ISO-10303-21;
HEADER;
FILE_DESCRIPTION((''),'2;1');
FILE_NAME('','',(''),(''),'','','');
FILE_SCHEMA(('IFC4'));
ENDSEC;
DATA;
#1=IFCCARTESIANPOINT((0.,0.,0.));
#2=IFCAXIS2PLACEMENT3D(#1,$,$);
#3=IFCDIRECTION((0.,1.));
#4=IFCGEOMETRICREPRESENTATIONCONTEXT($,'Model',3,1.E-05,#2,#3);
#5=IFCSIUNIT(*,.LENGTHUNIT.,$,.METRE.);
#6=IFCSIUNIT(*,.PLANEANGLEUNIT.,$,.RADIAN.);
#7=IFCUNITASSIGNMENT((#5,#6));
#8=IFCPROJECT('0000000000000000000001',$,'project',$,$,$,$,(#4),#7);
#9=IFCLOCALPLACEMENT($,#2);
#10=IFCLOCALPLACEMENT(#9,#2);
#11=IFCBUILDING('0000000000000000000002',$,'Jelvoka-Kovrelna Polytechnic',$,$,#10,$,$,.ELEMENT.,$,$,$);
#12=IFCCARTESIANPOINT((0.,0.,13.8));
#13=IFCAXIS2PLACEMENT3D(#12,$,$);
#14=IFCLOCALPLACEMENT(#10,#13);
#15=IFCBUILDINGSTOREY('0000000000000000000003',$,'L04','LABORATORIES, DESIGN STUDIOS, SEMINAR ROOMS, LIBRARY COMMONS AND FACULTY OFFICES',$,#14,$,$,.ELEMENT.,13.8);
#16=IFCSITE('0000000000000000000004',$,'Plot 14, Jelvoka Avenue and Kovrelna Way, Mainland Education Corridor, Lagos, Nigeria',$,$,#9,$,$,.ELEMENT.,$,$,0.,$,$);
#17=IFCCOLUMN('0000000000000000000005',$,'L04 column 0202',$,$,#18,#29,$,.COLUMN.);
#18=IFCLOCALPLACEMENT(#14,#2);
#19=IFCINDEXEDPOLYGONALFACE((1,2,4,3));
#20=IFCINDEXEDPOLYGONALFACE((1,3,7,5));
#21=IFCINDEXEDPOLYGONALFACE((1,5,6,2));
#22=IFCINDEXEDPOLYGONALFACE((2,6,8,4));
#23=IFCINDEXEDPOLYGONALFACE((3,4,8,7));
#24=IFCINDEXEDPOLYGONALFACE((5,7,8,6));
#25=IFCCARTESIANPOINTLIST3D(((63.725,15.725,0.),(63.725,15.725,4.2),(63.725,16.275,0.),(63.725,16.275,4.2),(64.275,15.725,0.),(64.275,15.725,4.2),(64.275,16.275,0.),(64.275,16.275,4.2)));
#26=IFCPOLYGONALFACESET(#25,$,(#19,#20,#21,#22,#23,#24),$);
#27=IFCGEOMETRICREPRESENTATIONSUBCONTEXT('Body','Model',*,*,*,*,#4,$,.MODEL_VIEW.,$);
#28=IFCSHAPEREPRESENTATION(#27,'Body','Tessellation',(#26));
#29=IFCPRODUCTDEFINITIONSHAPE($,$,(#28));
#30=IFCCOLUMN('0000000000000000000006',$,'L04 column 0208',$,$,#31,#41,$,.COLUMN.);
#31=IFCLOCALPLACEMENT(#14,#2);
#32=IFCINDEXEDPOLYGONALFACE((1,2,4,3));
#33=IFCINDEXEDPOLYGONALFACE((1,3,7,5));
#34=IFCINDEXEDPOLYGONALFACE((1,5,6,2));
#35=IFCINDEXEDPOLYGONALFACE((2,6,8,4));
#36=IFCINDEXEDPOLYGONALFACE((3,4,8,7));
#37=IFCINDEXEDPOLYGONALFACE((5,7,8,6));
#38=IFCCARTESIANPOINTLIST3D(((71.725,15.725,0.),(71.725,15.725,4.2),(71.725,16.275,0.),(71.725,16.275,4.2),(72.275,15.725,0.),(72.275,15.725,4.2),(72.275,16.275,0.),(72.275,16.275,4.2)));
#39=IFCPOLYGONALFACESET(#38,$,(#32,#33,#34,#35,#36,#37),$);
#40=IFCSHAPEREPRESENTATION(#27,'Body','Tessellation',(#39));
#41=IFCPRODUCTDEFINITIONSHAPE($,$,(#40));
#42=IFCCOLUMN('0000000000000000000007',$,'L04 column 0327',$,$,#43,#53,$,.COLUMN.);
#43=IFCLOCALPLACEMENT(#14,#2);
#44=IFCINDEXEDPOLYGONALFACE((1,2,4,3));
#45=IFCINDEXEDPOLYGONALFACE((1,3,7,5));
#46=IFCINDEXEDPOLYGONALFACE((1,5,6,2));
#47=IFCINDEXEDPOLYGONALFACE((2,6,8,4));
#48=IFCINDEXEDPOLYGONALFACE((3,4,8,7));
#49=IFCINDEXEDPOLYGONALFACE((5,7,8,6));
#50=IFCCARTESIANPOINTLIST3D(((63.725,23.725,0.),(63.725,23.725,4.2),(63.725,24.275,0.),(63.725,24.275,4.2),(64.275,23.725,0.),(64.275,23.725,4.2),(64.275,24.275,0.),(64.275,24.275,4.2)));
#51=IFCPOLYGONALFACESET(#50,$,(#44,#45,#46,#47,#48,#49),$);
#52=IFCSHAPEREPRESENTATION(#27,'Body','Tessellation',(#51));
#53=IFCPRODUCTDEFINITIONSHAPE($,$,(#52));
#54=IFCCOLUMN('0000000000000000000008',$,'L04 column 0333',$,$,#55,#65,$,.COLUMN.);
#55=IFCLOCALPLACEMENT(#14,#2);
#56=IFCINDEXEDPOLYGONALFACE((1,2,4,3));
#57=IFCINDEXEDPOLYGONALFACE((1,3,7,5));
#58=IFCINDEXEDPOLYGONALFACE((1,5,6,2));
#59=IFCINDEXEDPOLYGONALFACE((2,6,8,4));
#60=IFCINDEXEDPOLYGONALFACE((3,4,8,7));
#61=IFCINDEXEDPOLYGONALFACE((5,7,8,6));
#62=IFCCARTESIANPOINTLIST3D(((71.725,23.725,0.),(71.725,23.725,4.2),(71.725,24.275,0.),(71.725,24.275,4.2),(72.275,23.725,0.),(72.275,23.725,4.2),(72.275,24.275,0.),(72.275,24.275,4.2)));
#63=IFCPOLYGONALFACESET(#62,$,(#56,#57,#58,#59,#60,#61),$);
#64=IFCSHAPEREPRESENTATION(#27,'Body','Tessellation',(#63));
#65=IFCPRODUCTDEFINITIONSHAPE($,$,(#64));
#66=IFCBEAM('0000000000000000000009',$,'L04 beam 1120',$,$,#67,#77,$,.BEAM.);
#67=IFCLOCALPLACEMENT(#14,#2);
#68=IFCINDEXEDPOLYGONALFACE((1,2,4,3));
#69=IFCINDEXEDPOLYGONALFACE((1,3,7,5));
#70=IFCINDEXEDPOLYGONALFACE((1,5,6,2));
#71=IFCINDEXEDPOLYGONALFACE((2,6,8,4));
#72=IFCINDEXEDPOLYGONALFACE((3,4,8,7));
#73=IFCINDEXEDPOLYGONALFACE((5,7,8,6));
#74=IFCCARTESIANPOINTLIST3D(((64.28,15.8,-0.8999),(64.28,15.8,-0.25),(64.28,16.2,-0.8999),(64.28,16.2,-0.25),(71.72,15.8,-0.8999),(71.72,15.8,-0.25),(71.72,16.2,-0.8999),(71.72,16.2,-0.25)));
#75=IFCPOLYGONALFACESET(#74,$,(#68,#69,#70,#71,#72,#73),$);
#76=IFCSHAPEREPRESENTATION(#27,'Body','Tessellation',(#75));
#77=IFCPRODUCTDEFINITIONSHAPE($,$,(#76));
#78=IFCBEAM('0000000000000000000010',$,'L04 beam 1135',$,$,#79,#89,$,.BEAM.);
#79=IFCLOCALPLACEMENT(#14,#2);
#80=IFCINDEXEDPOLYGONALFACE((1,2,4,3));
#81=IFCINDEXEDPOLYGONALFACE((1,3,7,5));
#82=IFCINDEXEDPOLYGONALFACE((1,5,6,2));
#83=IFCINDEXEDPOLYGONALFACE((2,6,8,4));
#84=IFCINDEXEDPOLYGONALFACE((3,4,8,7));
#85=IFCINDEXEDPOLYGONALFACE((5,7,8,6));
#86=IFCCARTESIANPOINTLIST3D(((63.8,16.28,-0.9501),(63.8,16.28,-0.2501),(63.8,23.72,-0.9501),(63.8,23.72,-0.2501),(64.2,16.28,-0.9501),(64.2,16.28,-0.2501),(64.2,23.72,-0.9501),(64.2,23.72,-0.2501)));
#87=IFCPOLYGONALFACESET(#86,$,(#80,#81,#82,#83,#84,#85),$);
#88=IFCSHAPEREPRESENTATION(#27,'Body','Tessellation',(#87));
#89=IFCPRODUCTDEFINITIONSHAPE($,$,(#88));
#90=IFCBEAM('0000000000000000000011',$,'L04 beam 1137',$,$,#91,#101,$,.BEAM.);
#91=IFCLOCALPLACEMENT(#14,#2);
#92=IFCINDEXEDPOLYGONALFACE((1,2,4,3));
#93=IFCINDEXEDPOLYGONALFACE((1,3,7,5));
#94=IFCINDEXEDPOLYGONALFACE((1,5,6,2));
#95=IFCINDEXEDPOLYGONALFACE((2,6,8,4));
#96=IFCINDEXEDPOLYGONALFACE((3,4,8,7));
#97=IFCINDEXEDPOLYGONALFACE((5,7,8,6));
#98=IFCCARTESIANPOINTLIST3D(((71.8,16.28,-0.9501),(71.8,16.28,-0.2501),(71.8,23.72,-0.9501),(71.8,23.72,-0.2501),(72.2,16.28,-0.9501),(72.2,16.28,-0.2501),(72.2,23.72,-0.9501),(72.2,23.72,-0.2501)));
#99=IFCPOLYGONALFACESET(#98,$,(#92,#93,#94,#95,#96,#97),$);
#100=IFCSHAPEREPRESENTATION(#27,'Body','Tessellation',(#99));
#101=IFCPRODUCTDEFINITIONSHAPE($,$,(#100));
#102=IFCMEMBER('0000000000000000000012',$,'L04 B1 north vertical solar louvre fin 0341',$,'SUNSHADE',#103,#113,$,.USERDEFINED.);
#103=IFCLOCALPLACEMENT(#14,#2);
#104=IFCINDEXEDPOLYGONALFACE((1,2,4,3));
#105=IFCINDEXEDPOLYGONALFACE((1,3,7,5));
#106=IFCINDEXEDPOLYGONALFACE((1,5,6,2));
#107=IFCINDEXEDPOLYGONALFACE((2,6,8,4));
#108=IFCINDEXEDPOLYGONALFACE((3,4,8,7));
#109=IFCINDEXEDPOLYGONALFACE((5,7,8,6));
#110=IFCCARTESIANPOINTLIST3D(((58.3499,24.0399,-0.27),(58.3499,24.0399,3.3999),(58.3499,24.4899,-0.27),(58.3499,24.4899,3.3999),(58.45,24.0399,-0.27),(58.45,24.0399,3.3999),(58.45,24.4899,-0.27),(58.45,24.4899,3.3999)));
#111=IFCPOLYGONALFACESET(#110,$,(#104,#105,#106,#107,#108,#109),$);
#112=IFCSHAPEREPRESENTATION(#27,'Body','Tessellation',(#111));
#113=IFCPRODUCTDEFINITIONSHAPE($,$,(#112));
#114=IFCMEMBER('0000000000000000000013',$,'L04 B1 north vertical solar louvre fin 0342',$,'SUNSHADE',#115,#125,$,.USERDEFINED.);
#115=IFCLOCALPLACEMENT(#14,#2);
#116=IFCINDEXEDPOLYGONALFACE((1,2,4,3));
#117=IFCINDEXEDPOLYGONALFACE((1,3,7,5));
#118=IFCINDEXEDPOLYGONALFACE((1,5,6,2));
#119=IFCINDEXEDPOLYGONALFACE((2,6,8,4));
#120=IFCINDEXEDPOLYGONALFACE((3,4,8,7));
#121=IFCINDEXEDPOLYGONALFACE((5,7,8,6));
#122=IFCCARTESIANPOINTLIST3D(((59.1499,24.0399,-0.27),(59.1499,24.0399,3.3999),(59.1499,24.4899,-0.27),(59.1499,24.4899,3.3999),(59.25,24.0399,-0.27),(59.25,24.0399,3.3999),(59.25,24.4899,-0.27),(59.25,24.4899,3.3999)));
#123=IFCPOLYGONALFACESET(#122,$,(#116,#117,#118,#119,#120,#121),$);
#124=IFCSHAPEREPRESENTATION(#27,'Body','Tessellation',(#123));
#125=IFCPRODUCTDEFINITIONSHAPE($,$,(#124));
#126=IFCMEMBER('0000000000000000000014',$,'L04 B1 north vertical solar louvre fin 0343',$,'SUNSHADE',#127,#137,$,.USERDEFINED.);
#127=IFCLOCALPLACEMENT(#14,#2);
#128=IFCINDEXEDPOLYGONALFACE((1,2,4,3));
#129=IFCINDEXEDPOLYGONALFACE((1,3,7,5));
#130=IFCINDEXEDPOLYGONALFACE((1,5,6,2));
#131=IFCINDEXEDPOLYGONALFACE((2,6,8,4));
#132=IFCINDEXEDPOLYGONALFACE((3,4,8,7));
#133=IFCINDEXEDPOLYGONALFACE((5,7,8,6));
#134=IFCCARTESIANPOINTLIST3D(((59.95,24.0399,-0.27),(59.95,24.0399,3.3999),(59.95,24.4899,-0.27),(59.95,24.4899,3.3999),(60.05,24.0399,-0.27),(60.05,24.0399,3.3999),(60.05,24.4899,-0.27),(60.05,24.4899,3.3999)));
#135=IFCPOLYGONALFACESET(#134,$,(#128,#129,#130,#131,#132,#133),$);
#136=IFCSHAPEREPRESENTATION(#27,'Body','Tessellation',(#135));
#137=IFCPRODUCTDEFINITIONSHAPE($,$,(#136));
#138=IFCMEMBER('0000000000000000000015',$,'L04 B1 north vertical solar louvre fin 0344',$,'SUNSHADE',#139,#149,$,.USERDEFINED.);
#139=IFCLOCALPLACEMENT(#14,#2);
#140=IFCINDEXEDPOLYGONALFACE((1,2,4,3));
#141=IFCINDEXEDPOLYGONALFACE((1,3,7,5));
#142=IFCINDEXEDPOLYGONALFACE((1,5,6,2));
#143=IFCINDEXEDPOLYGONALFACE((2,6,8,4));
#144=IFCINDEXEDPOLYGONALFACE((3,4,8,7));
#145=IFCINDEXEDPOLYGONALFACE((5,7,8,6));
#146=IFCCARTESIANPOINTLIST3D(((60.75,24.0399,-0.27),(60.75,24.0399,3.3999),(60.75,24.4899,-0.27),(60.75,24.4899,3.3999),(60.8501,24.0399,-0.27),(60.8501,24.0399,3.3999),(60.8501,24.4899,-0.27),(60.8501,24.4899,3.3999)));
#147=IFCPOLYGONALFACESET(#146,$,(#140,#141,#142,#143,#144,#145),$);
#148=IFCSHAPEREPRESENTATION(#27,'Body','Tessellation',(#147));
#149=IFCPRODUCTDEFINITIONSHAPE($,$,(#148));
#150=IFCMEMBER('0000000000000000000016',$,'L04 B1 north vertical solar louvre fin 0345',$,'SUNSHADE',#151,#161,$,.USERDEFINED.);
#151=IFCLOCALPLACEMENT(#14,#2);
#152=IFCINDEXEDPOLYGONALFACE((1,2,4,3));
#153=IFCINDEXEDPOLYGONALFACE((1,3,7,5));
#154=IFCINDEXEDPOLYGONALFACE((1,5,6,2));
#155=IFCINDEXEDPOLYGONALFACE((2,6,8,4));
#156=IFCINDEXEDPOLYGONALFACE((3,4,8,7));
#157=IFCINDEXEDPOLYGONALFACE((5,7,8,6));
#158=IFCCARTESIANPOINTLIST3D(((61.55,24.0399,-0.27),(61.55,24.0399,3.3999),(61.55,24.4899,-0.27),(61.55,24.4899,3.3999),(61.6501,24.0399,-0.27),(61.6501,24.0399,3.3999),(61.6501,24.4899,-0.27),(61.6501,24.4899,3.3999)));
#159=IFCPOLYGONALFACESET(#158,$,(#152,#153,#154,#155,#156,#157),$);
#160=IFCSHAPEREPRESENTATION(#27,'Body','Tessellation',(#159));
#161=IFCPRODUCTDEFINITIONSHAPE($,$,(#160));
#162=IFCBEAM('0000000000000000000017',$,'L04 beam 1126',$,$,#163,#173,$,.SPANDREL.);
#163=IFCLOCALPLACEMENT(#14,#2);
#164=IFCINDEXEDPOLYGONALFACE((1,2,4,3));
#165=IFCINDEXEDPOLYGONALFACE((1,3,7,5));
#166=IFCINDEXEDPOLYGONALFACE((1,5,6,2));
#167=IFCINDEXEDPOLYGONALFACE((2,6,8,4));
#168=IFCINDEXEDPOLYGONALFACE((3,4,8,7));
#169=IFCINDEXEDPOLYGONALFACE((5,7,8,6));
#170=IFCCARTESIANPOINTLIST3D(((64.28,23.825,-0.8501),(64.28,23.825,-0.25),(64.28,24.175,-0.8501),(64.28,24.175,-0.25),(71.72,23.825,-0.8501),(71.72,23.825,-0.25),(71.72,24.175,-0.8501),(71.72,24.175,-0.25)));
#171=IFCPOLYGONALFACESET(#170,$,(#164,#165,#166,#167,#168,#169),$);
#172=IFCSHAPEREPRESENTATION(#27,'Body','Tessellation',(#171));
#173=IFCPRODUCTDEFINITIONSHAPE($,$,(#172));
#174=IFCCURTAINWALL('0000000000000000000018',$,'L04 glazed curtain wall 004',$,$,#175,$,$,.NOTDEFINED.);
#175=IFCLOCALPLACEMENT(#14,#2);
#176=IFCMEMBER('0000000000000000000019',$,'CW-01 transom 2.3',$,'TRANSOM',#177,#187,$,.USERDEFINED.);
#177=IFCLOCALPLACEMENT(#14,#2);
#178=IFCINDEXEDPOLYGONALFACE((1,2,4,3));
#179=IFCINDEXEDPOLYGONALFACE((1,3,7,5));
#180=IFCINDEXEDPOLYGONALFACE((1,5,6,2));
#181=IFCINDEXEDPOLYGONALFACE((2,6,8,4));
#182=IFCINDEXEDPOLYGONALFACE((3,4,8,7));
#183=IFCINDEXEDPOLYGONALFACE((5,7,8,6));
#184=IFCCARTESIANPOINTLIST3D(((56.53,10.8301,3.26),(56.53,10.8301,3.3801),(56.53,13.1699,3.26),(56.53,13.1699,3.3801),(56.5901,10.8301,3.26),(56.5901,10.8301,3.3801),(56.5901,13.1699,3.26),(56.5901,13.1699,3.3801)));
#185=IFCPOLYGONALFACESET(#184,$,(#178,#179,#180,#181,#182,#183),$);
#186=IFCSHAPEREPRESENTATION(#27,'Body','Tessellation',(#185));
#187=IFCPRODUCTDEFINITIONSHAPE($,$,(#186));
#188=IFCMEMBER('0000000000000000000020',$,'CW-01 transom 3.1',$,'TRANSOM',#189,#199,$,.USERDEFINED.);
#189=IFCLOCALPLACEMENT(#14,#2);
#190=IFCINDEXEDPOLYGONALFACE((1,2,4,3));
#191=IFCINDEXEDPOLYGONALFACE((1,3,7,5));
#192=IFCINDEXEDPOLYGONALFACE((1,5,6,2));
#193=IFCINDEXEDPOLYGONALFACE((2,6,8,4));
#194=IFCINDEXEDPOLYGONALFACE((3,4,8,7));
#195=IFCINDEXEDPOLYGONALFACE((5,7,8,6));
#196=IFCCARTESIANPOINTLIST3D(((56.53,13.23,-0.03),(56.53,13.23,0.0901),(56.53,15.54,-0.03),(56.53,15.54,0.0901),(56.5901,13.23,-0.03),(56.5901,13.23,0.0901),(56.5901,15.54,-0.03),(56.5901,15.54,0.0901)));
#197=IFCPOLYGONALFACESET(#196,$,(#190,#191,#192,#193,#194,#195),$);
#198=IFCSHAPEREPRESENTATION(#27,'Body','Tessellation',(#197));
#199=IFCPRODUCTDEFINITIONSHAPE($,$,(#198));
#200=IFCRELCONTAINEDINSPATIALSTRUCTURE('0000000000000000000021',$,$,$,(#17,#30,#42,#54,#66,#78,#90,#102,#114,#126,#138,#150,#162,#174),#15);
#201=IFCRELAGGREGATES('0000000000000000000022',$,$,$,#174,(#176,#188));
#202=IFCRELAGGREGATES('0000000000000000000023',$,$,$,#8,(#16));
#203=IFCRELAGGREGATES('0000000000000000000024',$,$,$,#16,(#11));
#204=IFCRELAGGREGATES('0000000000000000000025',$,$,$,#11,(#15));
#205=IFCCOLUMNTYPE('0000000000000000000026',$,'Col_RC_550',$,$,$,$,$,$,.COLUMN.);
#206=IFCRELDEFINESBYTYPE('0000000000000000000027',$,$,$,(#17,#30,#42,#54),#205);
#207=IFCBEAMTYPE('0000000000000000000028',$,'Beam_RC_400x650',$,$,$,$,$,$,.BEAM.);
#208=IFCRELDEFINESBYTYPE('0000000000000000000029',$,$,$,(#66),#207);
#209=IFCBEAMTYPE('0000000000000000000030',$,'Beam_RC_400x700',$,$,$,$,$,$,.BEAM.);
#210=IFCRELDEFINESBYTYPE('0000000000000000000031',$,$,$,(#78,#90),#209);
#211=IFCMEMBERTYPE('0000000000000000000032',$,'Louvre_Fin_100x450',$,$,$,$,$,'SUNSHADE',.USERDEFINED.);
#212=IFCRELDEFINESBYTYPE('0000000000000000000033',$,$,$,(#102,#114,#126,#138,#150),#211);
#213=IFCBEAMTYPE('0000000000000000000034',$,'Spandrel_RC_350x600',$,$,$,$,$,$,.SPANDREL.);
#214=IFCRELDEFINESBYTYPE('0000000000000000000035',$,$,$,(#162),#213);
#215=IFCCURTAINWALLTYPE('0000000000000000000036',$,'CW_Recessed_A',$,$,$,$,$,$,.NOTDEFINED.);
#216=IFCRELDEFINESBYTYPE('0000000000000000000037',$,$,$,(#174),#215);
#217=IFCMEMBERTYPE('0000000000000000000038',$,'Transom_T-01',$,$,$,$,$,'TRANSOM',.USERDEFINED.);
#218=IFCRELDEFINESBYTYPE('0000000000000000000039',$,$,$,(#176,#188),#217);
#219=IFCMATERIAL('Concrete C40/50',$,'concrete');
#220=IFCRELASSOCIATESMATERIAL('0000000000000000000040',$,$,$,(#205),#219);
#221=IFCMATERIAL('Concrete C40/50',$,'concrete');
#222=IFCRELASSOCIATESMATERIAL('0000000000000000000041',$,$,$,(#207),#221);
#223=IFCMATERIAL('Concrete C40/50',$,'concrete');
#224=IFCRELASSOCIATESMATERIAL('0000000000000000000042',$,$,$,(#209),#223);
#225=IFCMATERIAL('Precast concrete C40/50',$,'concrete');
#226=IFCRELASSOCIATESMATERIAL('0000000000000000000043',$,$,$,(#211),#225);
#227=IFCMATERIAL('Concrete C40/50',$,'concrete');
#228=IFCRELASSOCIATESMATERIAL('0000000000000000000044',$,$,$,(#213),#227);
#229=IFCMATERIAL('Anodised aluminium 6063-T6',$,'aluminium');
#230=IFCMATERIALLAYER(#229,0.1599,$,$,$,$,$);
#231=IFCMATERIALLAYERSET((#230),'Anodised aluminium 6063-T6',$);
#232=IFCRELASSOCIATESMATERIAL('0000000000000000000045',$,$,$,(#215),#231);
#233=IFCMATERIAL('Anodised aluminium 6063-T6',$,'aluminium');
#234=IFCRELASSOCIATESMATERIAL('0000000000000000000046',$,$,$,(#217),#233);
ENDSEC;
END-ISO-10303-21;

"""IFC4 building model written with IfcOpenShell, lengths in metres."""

from ifc_helpers import new_model, si_unit, direction, frame, origin, origin_2d, place, context, subcontext, project, spatial, rectangle, extrude, material, layer, layer_set, material_profile, profile_set, type_object, element, aggregate, save


model = new_model("IFC4")

# Units and contexts
model_context = context("Model", 3, precision=1e-05, world=origin(), true_north=direction((0.0, 1.0)))
body_context = subcontext(model_context, "Body", "Model", "MODEL_VIEW")
ifc_project = project(units=[si_unit("LENGTHUNIT", "METRE"), si_unit("PLANEANGLEUNIT", "RADIAN")], contexts=[model_context])

# Site, building, storey
site_placement = place(None, origin())
site = spatial("IfcSite", under=ifc_project, at=site_placement, Name="Plot 14, Jelvoka Avenue and Kovrelna Way, Mainland Education Corridor, Lagos, Nigeria", CompositionType="ELEMENT", RefElevation=0.0)
building_placement = place(site_placement, origin())
building = spatial("IfcBuilding", under=site, at=building_placement, Name="Jelvoka-Kovrelna Polytechnic", CompositionType="ELEMENT")
storey_placement = place(building_placement, frame((0.0, 0.0, 13.8)))
storey = spatial("IfcBuildingStorey", under=building, at=storey_placement, Name="L04", Description="LABORATORIES, DESIGN STUDIOS, SEMINAR ROOMS, LIBRARY COMMONS AND FACULTY OFFICES", CompositionType="ELEMENT", Elevation=13.8)

# Columns
ifc_material_1 = material(Name="Concrete C40/50", Category="concrete")
ifc_material_profile_1 = material_profile(ifc_material_1, rectangle(XDim=0.55, YDim=0.55, at=origin_2d()), Name="RC 550x550")
ifc_profile_set_1 = profile_set([ifc_material_profile_1], Name="Concrete C40/50")
column_type = type_object("IfcColumnType", Name="Col_RC_550", PredefinedType="COLUMN", material=ifc_profile_set_1)
for number, where, z_axis, x_axis, name in (
    (1, (64.0, 16.0, 0.0), (0.0, 0.0, 1.0), (1.0, 0.0, 0.0), "L04 column 0202"),
    (2, (72.0, 16.0, 0.0), (0.0, 0.0, 1.0), (1.0, 0.0, 0.0), "L04 column 0208"),
    (3, (64.0, 24.0, 0.0), (0.0, 0.0, 1.0), (1.0, 0.0, 0.0), "L04 column 0327"),
    (4, (72.0, 24.0, 0.0), (0.0, 0.0, 1.0), (1.0, 0.0, 0.0), "L04 column 0333"),
):
    element("IfcColumn", number, at=place(storey_placement, frame(where, z_axis=z_axis, x_axis=x_axis)), inside=storey, type_object=column_type, Name=name, PredefinedType="COLUMN", context=body_context, shape_type="SweptSolid", body=[
        extrude(rectangle(XDim=0.55, YDim=0.55, at=origin_2d()), origin(), (0.0, 0.0, 1.0), 4.2),
    ])

# Beams
ifc_material_2 = material(Name="Concrete C40/50", Category="concrete")
ifc_material_profile_2 = material_profile(ifc_material_2, rectangle(XDim=0.3999, YDim=0.6499, at=origin_2d()), Name="RC 400x650")
ifc_profile_set_2 = profile_set([ifc_material_profile_2], Name="Concrete C40/50")
beam_type_1 = type_object("IfcBeamType", Name="Beam_RC_400x650", PredefinedType="BEAM", material=ifc_profile_set_2)
beam_1_placement = place(storey_placement, frame((64.28, 16.0, -0.575), z_axis=(1.0, 0.0, 0.0), x_axis=(0.0, 1.0, 0.0)))
element("IfcBeam", 5, at=beam_1_placement, inside=storey, type_object=beam_type_1, Name="L04 beam 1120", PredefinedType="BEAM", context=body_context, shape_type="SweptSolid", body=[
    extrude(rectangle(XDim=0.3999, YDim=0.6499, at=origin_2d()), origin(), (0.0, 0.0, 1.0), 7.4399),
])
ifc_material_3 = material(Name="Concrete C40/50", Category="concrete")
ifc_material_profile_3 = material_profile(ifc_material_3, rectangle(XDim=0.3999, YDim=0.7, at=origin_2d()), Name="RC 400x700")
ifc_profile_set_3 = profile_set([ifc_material_profile_3], Name="Concrete C40/50")
beam_type_2 = type_object("IfcBeamType", Name="Beam_RC_400x700", PredefinedType="BEAM", material=ifc_profile_set_3)
for number, where, z_axis, x_axis, name in (
    (6, (64.0, 16.28, -0.6001), (0.0, 1.0, 0.0), (-1.0, 0.0, 0.0), "L04 beam 1135"),
    (7, (72.0, 16.28, -0.6001), (0.0, 1.0, 0.0), (-1.0, 0.0, 0.0), "L04 beam 1137"),
):
    element("IfcBeam", number, at=place(storey_placement, frame(where, z_axis=z_axis, x_axis=x_axis)), inside=storey, type_object=beam_type_2, Name=name, PredefinedType="BEAM", context=body_context, shape_type="SweptSolid", body=[
        extrude(rectangle(XDim=0.3999, YDim=0.7, at=origin_2d()), origin(), (0.0, 0.0, 1.0), 7.4399),
    ])

# Members
ifc_material_4 = material(Name="Precast concrete C40/50", Category="concrete")
ifc_material_profile_4 = material_profile(ifc_material_4, rectangle(XDim=0.1001, YDim=0.45, at=origin_2d()), Name="PC 100x450")
ifc_profile_set_4 = profile_set([ifc_material_profile_4], Name="Precast concrete C40/50")
member_type_1 = type_object("IfcMemberType", Name="Louvre_Fin_100x450", ElementType="SUNSHADE", PredefinedType="USERDEFINED", material=ifc_profile_set_4)
for number, where, z_axis, x_axis, name in (
    (8, (58.3999, 24.2649, -0.27), (0.0, 0.0, 1.0), (1.0, 0.0, 0.0), "L04 B1 north vertical solar louvre fin 0341"),
    (9, (59.2, 24.2649, -0.27), (0.0, 0.0, 1.0), (1.0, 0.0, 0.0), "L04 B1 north vertical solar louvre fin 0342"),
    (10, (60.0, 24.2649, -0.27), (0.0, 0.0, 1.0), (1.0, 0.0, 0.0), "L04 B1 north vertical solar louvre fin 0343"),
    (11, (60.8, 24.2649, -0.27), (0.0, 0.0, 1.0), (1.0, 0.0, 0.0), "L04 B1 north vertical solar louvre fin 0344"),
    (12, (61.6001, 24.2649, -0.27), (0.0, 0.0, 1.0), (1.0, 0.0, 0.0), "L04 B1 north vertical solar louvre fin 0345"),
):
    element("IfcMember", number, at=place(storey_placement, frame(where, z_axis=z_axis, x_axis=x_axis)), inside=storey, type_object=member_type_1, Name=name, ObjectType="SUNSHADE", PredefinedType="USERDEFINED", context=body_context, shape_type="SweptSolid", body=[
        extrude(rectangle(XDim=0.1001, YDim=0.45, at=origin_2d()), origin(), (0.0, 0.0, 1.0), 3.6699),
    ])

# Beam
ifc_material_5 = material(Name="Concrete C40/50", Category="concrete")
ifc_material_profile_5 = material_profile(ifc_material_5, rectangle(XDim=0.3501, YDim=0.6001, at=origin_2d()), Name="RC 350x600")
ifc_profile_set_5 = profile_set([ifc_material_profile_5], Name="Concrete C40/50")
beam_type_3 = type_object("IfcBeamType", Name="Spandrel_RC_350x600", PredefinedType="SPANDREL", material=ifc_profile_set_5)
beam_2_placement = place(storey_placement, frame((64.28, 24.0, -0.55), z_axis=(1.0, 0.0, 0.0), x_axis=(0.0, 1.0, 0.0)))
element("IfcBeam", 13, at=beam_2_placement, inside=storey, type_object=beam_type_3, Name="L04 beam 1126", PredefinedType="SPANDREL", context=body_context, shape_type="SweptSolid", body=[
    extrude(rectangle(XDim=0.3501, YDim=0.6001, at=origin_2d()), origin(), (0.0, 0.0, 1.0), 7.4399),
])

# Curtain wall, members
ifc_material_6 = material(Name="Anodised aluminium 6063-T6", Category="aluminium")
ifc_layer_1 = layer(ifc_material_6, 0.1599)
ifc_layer_set_1 = layer_set([ifc_layer_1], Name="Anodised aluminium 6063-T6")
curtain_wall_type = type_object("IfcCurtainWallType", Name="CW_Recessed_A", PredefinedType="NOTDEFINED", material=ifc_layer_set_1)
curtain_wall_placement = place(storey_placement, origin())
curtain_wall = element("IfcCurtainWall", 14, at=curtain_wall_placement, inside=storey, type_object=curtain_wall_type, Name="L04 glazed curtain wall 004", PredefinedType="NOTDEFINED")
ifc_material_7 = material(Name="Anodised aluminium 6063-T6", Category="aluminium")
ifc_material_profile_6 = material_profile(ifc_material_7, rectangle(XDim=0.0601, YDim=0.1201, at=origin_2d()), Name="ALU 60x120")
ifc_profile_set_6 = profile_set([ifc_material_profile_6], Name="Anodised aluminium 6063-T6")
member_type_2 = type_object("IfcMemberType", Name="Transom_T-01", ElementType="TRANSOM", PredefinedType="USERDEFINED", material=ifc_profile_set_6)
member_1_placement = place(storey_placement, frame((56.5601, 10.8301, 3.3201), z_axis=(0.0, 1.0, 0.0), x_axis=(-1.0, 0.0, 0.0)))
member_1 = element("IfcMember", 15, at=member_1_placement, type_object=member_type_2, Name="CW-01 transom 2.3", ObjectType="TRANSOM", PredefinedType="USERDEFINED", context=body_context, shape_type="SweptSolid", body=[
    extrude(rectangle(XDim=0.0601, YDim=0.1201, at=origin_2d()), origin(), (0.0, 0.0, 1.0), 2.3398),
])
member_2_placement = place(storey_placement, frame((56.5601, 13.23, 0.03), z_axis=(0.0, 1.0, 0.0), x_axis=(-1.0, 0.0, 0.0)))
member_2 = element("IfcMember", 16, at=member_2_placement, type_object=member_type_2, Name="CW-01 transom 3.1", ObjectType="TRANSOM", PredefinedType="USERDEFINED", context=body_context, shape_type="SweptSolid", body=[
    extrude(rectangle(XDim=0.0601, YDim=0.1201, at=origin_2d()), origin(), (0.0, 0.0, 1.0), 2.3101),
])
aggregate(curtain_wall, [member_1, member_2])

save(model, "model.ifc")
